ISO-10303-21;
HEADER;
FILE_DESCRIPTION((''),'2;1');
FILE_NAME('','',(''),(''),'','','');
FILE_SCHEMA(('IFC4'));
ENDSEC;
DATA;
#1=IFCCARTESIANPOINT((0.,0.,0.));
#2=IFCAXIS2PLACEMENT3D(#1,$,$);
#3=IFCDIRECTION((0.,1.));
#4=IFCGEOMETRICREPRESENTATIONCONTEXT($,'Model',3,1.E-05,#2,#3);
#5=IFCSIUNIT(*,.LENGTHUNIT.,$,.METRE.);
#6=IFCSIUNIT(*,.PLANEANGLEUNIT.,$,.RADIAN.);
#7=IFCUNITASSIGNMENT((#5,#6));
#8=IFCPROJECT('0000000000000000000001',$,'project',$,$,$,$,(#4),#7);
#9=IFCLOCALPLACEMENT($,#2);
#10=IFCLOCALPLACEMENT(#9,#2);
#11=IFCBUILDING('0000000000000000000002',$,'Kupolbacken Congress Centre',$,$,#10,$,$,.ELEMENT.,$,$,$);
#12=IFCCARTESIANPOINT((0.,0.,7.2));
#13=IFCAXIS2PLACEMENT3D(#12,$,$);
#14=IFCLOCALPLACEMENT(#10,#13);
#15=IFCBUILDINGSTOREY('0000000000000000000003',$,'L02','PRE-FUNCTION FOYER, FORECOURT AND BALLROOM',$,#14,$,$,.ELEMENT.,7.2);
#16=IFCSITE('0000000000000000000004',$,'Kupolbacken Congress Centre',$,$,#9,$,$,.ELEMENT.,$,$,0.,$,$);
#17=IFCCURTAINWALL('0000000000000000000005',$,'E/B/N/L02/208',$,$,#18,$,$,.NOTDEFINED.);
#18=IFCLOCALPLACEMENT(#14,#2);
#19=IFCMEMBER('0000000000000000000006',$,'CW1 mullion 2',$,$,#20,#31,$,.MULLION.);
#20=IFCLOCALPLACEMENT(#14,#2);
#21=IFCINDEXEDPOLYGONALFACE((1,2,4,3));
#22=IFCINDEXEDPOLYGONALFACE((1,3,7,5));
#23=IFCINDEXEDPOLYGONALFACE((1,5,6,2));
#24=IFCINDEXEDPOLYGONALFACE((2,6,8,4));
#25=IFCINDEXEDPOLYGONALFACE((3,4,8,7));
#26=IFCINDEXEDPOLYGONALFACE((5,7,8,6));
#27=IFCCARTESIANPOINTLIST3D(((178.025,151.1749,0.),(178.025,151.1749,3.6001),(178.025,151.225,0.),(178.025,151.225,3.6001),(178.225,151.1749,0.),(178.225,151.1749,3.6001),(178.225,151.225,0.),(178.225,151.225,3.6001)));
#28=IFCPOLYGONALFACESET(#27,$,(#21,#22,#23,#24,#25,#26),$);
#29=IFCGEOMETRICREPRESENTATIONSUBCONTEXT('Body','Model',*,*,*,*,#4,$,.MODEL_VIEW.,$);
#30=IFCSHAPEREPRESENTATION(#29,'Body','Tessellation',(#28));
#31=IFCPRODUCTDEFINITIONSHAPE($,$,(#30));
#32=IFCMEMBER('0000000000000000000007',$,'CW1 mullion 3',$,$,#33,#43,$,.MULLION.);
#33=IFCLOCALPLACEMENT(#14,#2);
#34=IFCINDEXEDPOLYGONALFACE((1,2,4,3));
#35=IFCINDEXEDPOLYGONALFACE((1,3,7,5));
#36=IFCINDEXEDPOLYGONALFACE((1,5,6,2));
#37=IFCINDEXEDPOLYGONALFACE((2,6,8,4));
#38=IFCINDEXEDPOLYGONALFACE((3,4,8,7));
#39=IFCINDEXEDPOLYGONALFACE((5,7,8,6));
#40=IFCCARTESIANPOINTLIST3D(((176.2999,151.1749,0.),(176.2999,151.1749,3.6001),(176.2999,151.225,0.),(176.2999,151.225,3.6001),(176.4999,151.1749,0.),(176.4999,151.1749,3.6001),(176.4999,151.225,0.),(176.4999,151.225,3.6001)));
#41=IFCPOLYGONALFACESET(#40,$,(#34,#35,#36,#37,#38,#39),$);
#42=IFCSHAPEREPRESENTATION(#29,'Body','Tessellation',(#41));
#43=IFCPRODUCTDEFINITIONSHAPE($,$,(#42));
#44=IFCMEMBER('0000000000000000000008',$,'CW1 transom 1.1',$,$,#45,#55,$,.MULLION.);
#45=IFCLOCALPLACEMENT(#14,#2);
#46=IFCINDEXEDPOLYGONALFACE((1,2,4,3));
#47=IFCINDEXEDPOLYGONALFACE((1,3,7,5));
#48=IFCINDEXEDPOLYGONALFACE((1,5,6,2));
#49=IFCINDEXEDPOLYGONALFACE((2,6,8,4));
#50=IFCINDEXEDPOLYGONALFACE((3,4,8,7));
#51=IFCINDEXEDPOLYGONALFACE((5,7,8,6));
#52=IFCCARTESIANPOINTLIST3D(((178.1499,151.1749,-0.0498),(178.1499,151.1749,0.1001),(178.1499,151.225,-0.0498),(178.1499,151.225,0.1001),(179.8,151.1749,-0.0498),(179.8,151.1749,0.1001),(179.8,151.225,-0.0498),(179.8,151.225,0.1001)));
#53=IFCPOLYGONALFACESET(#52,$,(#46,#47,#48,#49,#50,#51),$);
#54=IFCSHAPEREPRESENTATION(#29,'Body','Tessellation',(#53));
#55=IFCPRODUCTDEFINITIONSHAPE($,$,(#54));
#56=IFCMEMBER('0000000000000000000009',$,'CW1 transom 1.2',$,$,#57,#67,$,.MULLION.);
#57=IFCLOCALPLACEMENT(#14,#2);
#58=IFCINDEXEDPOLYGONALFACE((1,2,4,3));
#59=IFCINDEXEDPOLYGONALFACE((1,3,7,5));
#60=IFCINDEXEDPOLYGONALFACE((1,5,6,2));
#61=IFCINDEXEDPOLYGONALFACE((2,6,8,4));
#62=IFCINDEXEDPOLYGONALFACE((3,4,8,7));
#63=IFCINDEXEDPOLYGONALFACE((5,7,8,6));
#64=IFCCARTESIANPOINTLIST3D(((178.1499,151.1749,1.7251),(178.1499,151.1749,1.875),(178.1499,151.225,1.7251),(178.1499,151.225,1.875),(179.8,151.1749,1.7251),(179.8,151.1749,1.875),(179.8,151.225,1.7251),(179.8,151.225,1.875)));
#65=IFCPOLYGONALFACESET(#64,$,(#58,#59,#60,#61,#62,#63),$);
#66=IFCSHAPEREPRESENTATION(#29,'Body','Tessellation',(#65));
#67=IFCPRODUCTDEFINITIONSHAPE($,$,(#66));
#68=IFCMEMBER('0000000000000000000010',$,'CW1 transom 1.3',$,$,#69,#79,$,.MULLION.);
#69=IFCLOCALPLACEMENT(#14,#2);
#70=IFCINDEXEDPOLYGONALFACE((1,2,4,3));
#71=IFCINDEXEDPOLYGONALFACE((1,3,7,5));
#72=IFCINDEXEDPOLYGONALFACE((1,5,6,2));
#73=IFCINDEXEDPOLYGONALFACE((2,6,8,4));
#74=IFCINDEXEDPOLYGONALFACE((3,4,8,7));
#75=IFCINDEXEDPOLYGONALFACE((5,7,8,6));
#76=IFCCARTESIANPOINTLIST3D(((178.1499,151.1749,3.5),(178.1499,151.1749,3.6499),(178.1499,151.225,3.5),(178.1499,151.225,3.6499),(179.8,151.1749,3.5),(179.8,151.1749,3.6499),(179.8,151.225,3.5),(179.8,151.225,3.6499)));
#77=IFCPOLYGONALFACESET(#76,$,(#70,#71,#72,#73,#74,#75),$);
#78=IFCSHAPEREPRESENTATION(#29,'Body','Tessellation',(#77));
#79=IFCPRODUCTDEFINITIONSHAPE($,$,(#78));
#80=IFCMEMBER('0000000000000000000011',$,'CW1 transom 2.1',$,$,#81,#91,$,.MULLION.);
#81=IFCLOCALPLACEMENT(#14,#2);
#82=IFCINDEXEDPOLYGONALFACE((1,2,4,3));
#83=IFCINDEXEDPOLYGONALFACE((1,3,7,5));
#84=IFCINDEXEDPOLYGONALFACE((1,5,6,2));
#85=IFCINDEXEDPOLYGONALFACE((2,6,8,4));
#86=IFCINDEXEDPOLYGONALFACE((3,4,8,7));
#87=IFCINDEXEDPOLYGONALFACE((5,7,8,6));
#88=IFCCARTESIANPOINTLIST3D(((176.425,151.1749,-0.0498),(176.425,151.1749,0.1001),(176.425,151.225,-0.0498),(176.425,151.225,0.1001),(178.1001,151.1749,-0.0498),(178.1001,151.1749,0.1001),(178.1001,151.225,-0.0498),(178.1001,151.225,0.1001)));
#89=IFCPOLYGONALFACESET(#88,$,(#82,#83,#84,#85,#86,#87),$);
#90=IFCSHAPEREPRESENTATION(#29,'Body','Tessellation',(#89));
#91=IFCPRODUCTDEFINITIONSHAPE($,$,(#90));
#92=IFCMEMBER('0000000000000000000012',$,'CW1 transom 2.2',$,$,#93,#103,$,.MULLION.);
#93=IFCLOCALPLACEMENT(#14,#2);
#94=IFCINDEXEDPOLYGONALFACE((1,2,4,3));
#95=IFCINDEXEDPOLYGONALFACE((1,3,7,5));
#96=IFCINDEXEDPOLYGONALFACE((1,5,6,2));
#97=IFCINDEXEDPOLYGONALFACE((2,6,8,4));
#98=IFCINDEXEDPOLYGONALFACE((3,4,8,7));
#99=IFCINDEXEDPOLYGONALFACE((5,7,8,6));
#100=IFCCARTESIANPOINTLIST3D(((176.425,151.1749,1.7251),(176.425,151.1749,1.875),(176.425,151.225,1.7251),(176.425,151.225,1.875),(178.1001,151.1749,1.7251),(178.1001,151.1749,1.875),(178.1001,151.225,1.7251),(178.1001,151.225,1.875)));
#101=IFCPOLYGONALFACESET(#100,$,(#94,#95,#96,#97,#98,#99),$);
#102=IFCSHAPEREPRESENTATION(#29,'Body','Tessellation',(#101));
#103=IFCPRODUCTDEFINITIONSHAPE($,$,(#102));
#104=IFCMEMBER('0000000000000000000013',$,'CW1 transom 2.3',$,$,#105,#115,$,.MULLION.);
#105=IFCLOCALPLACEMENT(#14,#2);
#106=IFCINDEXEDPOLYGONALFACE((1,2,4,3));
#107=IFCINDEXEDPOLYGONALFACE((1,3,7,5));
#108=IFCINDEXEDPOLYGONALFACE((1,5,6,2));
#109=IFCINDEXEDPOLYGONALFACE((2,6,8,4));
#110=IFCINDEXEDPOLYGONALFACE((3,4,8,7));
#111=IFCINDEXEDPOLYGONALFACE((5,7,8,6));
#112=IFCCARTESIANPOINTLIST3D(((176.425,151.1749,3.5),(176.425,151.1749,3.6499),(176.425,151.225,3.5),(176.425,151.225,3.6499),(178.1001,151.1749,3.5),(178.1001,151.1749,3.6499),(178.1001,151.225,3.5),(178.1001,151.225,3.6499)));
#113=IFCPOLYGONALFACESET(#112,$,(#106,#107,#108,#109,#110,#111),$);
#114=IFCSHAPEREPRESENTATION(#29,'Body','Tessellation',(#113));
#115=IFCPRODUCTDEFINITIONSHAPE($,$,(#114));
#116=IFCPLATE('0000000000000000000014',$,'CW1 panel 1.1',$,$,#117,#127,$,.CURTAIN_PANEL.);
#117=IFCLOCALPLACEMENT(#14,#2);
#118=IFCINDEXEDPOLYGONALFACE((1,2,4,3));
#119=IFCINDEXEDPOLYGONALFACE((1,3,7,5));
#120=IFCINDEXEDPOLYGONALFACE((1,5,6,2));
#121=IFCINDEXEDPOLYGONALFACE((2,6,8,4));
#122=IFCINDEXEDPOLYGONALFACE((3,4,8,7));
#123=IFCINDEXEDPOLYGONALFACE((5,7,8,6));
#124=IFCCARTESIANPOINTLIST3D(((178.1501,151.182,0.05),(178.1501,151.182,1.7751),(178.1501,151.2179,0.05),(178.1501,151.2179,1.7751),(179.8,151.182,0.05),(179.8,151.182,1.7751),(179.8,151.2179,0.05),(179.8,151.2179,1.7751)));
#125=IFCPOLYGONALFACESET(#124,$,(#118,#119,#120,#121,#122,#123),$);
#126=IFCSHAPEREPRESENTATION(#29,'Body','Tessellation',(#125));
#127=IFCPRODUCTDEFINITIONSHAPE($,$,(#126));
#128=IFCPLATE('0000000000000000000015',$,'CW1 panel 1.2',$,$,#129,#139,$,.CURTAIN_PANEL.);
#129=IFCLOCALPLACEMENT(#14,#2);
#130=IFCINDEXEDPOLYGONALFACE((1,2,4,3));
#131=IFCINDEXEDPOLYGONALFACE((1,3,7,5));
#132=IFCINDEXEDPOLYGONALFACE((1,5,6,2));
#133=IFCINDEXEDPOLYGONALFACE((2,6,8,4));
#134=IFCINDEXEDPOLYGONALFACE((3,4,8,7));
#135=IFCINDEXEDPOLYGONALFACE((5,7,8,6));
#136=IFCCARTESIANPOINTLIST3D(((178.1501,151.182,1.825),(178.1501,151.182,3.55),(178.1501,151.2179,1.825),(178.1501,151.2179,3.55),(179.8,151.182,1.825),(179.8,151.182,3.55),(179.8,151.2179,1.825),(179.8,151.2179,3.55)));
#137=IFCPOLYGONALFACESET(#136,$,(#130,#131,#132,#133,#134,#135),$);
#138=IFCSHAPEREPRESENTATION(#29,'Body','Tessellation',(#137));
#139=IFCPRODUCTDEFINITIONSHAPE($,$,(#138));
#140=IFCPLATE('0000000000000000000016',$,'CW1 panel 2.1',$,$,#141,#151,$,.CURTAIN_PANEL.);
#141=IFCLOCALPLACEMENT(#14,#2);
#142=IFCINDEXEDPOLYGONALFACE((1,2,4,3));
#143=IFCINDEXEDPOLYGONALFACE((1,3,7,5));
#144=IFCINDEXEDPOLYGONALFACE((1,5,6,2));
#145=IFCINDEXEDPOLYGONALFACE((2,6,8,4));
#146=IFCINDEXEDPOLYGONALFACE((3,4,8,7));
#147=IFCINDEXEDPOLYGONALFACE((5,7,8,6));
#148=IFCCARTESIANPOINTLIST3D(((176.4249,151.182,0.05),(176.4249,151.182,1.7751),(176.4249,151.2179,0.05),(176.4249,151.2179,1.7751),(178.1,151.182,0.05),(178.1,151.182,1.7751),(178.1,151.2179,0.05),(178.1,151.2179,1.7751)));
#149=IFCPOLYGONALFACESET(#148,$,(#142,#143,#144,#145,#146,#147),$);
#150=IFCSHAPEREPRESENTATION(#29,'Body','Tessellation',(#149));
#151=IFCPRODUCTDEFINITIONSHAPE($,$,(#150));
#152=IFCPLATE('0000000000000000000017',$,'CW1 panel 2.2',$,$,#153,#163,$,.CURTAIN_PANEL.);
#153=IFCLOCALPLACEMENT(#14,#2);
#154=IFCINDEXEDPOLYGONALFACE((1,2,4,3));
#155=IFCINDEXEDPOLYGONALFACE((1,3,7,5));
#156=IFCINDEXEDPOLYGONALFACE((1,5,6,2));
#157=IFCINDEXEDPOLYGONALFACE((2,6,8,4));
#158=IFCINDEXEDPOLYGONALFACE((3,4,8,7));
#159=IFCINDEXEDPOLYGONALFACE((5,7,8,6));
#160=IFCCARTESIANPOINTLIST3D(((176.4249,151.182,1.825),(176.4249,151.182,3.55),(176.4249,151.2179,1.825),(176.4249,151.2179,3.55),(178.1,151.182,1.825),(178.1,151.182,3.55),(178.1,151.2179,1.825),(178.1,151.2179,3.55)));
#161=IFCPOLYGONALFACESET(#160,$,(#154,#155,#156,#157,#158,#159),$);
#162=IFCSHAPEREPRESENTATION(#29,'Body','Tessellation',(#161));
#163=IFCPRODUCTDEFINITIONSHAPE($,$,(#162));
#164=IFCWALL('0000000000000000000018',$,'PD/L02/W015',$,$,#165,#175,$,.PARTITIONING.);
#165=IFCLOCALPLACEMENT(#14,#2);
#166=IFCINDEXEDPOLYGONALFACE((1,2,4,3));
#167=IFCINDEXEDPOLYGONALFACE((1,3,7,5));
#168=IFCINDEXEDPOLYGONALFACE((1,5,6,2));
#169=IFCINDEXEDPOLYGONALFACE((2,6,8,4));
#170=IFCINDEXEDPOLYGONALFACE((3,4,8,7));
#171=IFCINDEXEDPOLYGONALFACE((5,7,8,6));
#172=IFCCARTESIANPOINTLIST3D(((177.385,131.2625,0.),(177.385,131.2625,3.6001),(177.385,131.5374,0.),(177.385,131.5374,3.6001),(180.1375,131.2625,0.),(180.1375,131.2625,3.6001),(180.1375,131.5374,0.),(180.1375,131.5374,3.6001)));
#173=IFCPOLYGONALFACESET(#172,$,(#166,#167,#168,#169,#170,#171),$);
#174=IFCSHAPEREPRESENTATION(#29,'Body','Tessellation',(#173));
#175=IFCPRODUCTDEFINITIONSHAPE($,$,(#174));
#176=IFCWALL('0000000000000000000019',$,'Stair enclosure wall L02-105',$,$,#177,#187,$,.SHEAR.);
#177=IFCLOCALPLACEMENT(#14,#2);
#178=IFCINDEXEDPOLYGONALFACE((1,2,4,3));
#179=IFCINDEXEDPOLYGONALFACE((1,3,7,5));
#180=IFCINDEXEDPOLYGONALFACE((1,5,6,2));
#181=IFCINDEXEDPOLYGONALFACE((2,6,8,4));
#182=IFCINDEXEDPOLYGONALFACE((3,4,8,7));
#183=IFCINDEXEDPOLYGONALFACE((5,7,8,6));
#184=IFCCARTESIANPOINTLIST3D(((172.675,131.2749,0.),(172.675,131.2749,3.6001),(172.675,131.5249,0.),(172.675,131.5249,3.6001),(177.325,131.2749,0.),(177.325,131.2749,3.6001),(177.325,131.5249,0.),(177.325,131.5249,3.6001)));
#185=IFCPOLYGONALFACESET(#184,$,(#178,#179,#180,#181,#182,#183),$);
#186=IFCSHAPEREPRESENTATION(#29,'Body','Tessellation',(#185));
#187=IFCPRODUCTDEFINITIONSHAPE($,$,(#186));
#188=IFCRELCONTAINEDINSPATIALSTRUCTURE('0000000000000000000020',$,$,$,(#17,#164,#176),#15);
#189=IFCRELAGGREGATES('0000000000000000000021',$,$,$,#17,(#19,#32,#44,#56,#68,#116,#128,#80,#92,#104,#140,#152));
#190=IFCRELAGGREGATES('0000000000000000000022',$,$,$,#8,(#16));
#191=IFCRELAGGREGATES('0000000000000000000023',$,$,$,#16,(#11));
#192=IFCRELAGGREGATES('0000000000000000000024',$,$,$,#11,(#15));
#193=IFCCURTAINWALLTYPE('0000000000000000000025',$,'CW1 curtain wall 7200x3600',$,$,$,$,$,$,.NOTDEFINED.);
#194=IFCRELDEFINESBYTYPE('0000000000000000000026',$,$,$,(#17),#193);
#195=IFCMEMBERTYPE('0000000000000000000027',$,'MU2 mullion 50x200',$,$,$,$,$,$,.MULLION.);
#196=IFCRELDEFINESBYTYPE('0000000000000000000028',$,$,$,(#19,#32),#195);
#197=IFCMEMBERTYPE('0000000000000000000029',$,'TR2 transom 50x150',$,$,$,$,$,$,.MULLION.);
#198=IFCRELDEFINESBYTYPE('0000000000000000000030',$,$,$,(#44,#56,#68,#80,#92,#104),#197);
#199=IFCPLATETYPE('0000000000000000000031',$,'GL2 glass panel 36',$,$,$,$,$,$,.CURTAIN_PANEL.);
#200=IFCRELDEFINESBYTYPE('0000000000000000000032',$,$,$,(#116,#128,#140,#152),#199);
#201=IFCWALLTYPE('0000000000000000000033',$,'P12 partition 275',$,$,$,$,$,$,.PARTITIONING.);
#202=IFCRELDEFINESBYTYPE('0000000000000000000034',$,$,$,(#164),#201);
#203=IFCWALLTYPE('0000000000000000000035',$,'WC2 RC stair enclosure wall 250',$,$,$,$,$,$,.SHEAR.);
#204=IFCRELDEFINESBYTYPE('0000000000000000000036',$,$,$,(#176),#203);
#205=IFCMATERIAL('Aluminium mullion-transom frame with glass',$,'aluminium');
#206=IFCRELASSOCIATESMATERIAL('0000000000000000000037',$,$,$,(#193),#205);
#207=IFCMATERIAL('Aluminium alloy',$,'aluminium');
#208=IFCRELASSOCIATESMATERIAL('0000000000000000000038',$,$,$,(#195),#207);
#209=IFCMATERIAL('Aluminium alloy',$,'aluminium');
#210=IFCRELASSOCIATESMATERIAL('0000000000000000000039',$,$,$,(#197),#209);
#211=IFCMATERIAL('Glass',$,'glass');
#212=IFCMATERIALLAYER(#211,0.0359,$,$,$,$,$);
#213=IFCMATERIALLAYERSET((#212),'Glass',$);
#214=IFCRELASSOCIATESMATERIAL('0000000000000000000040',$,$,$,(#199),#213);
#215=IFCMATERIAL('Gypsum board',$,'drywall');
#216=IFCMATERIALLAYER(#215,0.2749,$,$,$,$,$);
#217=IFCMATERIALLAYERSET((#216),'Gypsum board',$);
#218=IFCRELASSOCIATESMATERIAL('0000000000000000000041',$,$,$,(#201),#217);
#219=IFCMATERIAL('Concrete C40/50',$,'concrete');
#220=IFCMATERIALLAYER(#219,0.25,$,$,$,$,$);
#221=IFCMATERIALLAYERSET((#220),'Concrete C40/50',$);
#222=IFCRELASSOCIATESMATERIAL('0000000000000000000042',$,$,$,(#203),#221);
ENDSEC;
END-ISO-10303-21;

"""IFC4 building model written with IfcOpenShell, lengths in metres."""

from ifc_helpers import new_model, si_unit, direction, frame, frame_2d, origin, origin_2d, place, context, subcontext, project, spatial, rectangle, extrude, material, layer, layer_set, material_profile, profile_set, type_object, element, aggregate, save


model = new_model("IFC4")

# Units and contexts
model_context = context("Model", 3, precision=1e-05, world=origin(), true_north=direction((0.0, 1.0)))
body_context = subcontext(model_context, "Body", "Model", "MODEL_VIEW")
ifc_project = project(units=[si_unit("LENGTHUNIT", "METRE"), si_unit("PLANEANGLEUNIT", "RADIAN")], contexts=[model_context])

# Site, building, storey
site_placement = place(None, origin())
site = spatial("IfcSite", under=ifc_project, at=site_placement, Name="Kupolbacken Congress Centre", CompositionType="ELEMENT", RefElevation=0.0)
building_placement = place(site_placement, origin())
building = spatial("IfcBuilding", under=site, at=building_placement, Name="Kupolbacken Congress Centre", CompositionType="ELEMENT")
storey_placement = place(building_placement, frame((0.0, 0.0, 7.2)))
storey = spatial("IfcBuildingStorey", under=building, at=storey_placement, Name="L02", Description="PRE-FUNCTION FOYER, FORECOURT AND BALLROOM", CompositionType="ELEMENT", Elevation=7.2)

# Curtain wall, members, plates
ifc_material_1 = material(Name="Aluminium mullion-transom frame with glass", Category="aluminium")
curtain_wall_type = type_object("IfcCurtainWallType", Name="CW1 curtain wall 7200x3600", PredefinedType="NOTDEFINED", material=ifc_material_1)
curtain_wall_placement = place(storey_placement, origin())
curtain_wall = element("IfcCurtainWall", 1, at=curtain_wall_placement, inside=storey, type_object=curtain_wall_type, Name="E/B/N/L02/208", PredefinedType="NOTDEFINED")
ifc_material_2 = material(Name="Aluminium alloy", Category="aluminium")
ifc_material_profile_1 = material_profile(ifc_material_2, rectangle(XDim=0.05, YDim=0.2, at=origin_2d()), Name="50 x 200")
ifc_profile_set_1 = profile_set([ifc_material_profile_1], Name="Aluminium alloy")
member_type_1 = type_object("IfcMemberType", Name="MU2 mullion 50x200", PredefinedType="MULLION", material=ifc_profile_set_1)
member_1_placement = place(storey_placement, frame((178.125, 151.2, 0.0), z_axis=(0.0, 0.0, 1.0), x_axis=(0.0, -1.0, 0.0)))
member_1 = element("IfcMember", 2, at=member_1_placement, type_object=member_type_1, Name="CW1 mullion 2", PredefinedType="MULLION", context=body_context, shape_type="SweptSolid", body=[
    extrude(rectangle(XDim=0.05, YDim=0.2, at=origin_2d()), origin(), (0.0, 0.0, 1.0), 3.6001),
])
member_2_placement = place(storey_placement, frame((176.3999, 151.2, 0.0), z_axis=(0.0, 0.0, 1.0), x_axis=(0.0, -1.0, 0.0)))
member_2 = element("IfcMember", 3, at=member_2_placement, type_object=member_type_1, Name="CW1 mullion 3", PredefinedType="MULLION", context=body_context, shape_type="SweptSolid", body=[
    extrude(rectangle(XDim=0.05, YDim=0.2, at=origin_2d()), origin(), (0.0, 0.0, 1.0), 3.6001),
])
ifc_material_3 = material(Name="Aluminium alloy", Category="aluminium")
ifc_material_profile_2 = material_profile(ifc_material_3, rectangle(XDim=0.05, YDim=0.1499, at=origin_2d()), Name="50 x 150")
ifc_profile_set_2 = profile_set([ifc_material_profile_2], Name="Aluminium alloy")
member_type_2 = type_object("IfcMemberType", Name="TR2 transom 50x150", PredefinedType="MULLION", material=ifc_profile_set_2)
member_3_placement = place(storey_placement, frame((179.8, 151.2, 0.0251), z_axis=(-1.0, 0.0, 0.0), x_axis=(0.0, -1.0, 0.0)))
member_3 = element("IfcMember", 4, at=member_3_placement, type_object=member_type_2, Name="CW1 transom 1.1", PredefinedType="MULLION", context=body_context, shape_type="SweptSolid", body=[
    extrude(rectangle(XDim=0.05, YDim=0.1499, at=origin_2d()), origin(), (0.0, 0.0, 1.0), 1.6501),
])
member_4_placement = place(storey_placement, frame((179.8, 151.2, 1.8), z_axis=(-1.0, 0.0, 0.0), x_axis=(0.0, -1.0, 0.0)))
member_4 = element("IfcMember", 5, at=member_4_placement, type_object=member_type_2, Name="CW1 transom 1.2", PredefinedType="MULLION", context=body_context, shape_type="SweptSolid", body=[
    extrude(rectangle(XDim=0.05, YDim=0.1499, at=origin_2d()), origin(), (0.0, 0.0, 1.0), 1.6501),
])
member_5_placement = place(storey_placement, frame((179.8, 151.2, 3.575), z_axis=(-1.0, 0.0, 0.0), x_axis=(0.0, -1.0, 0.0)))
member_5 = element("IfcMember", 6, at=member_5_placement, type_object=member_type_2, Name="CW1 transom 1.3", PredefinedType="MULLION", context=body_context, shape_type="SweptSolid", body=[
    extrude(rectangle(XDim=0.05, YDim=0.1499, at=origin_2d()), origin(), (0.0, 0.0, 1.0), 1.6501),
])
member_6_placement = place(storey_placement, frame((178.1001, 151.2, 0.0251), z_axis=(-1.0, 0.0, 0.0), x_axis=(0.0, -1.0, 0.0)))
member_6 = element("IfcMember", 7, at=member_6_placement, type_object=member_type_2, Name="CW1 transom 2.1", PredefinedType="MULLION", context=body_context, shape_type="SweptSolid", body=[
    extrude(rectangle(XDim=0.05, YDim=0.1499, at=origin_2d()), origin(), (0.0, 0.0, 1.0), 1.675),
])
member_7_placement = place(storey_placement, frame((178.1001, 151.2, 1.8), z_axis=(-1.0, 0.0, 0.0), x_axis=(0.0, -1.0, 0.0)))
member_7 = element("IfcMember", 8, at=member_7_placement, type_object=member_type_2, Name="CW1 transom 2.2", PredefinedType="MULLION", context=body_context, shape_type="SweptSolid", body=[
    extrude(rectangle(XDim=0.05, YDim=0.1499, at=origin_2d()), origin(), (0.0, 0.0, 1.0), 1.675),
])
member_8_placement = place(storey_placement, frame((178.1001, 151.2, 3.575), z_axis=(-1.0, 0.0, 0.0), x_axis=(0.0, -1.0, 0.0)))
member_8 = element("IfcMember", 9, at=member_8_placement, type_object=member_type_2, Name="CW1 transom 2.3", PredefinedType="MULLION", context=body_context, shape_type="SweptSolid", body=[
    extrude(rectangle(XDim=0.05, YDim=0.1499, at=origin_2d()), origin(), (0.0, 0.0, 1.0), 1.675),
])
ifc_material_4 = material(Name="Glass", Category="glass")
ifc_layer_1 = layer(ifc_material_4, 0.0359)
ifc_layer_set_1 = layer_set([ifc_layer_1], Name="Glass")
plate_type = type_object("IfcPlateType", Name="GL2 glass panel 36", PredefinedType="CURTAIN_PANEL", material=ifc_layer_set_1)
plate_1_placement = place(storey_placement, frame((178.9751, 151.2, 0.05), z_axis=(0.0, 0.0, 1.0), x_axis=(-1.0, 0.0, 0.0)))
plate_1 = element("IfcPlate", 10, at=plate_1_placement, type_object=plate_type, Name="CW1 panel 1.1", PredefinedType="CURTAIN_PANEL", context=body_context, shape_type="SweptSolid", body=[
    extrude(rectangle(XDim=1.6499, YDim=0.0359, at=origin_2d()), origin(), (0.0, 0.0, 1.0), 1.7251),
])
plate_2_placement = place(storey_placement, frame((178.9751, 151.2, 1.825), z_axis=(0.0, 0.0, 1.0), x_axis=(-1.0, 0.0, 0.0)))
plate_2 = element("IfcPlate", 11, at=plate_2_placement, type_object=plate_type, Name="CW1 panel 1.2", PredefinedType="CURTAIN_PANEL", context=body_context, shape_type="SweptSolid", body=[
    extrude(rectangle(XDim=1.6499, YDim=0.0359, at=origin_2d()), origin(), (0.0, 0.0, 1.0), 1.7251),
])
plate_3_placement = place(storey_placement, frame((177.2625, 151.2, 0.05), z_axis=(0.0, 0.0, 1.0), x_axis=(-1.0, 0.0, 0.0)))
plate_3 = element("IfcPlate", 12, at=plate_3_placement, type_object=plate_type, Name="CW1 panel 2.1", PredefinedType="CURTAIN_PANEL", context=body_context, shape_type="SweptSolid", body=[
    extrude(rectangle(XDim=1.675, YDim=0.0359, at=origin_2d()), origin(), (0.0, 0.0, 1.0), 1.7251),
])
plate_4_placement = place(storey_placement, frame((177.2625, 151.2, 1.825), z_axis=(0.0, 0.0, 1.0), x_axis=(-1.0, 0.0, 0.0)))
plate_4 = element("IfcPlate", 13, at=plate_4_placement, type_object=plate_type, Name="CW1 panel 2.2", PredefinedType="CURTAIN_PANEL", context=body_context, shape_type="SweptSolid", body=[
    extrude(rectangle(XDim=1.675, YDim=0.0359, at=origin_2d()), origin(), (0.0, 0.0, 1.0), 1.7251),
])
aggregate(curtain_wall, [member_1, member_2, member_3, member_4, member_5, plate_1, plate_2, member_6, member_7, member_8, plate_3, plate_4])

# Walls
ifc_material_5 = material(Name="Gypsum board", Category="drywall")
ifc_layer_2 = layer(ifc_material_5, 0.2749)
ifc_layer_set_2 = layer_set([ifc_layer_2], Name="Gypsum board")
wall_type_1 = type_object("IfcWallType", Name="P12 partition 275", PredefinedType="PARTITIONING", material=ifc_layer_set_2)
wall_1_placement = place(storey_placement, frame((177.385, 131.3999, 0.0), z_axis=(0.0, 0.0, 1.0), x_axis=(1.0, 0.0, 0.0)))
element("IfcWall", 14, at=wall_1_placement, inside=storey, type_object=wall_type_1, Name="PD/L02/W015", PredefinedType="PARTITIONING", context=body_context, shape_type="SweptSolid", body=[
    extrude(rectangle(XDim=2.7524, YDim=0.2749, at=frame_2d((1.3762, 0.0))), origin(), (0.0, 0.0, 1.0), 3.6001),
])
ifc_material_6 = material(Name="Concrete C40/50", Category="concrete")
ifc_layer_3 = layer(ifc_material_6, 0.25)
ifc_layer_set_3 = layer_set([ifc_layer_3], Name="Concrete C40/50")
wall_type_2 = type_object("IfcWallType", Name="WC2 RC stair enclosure wall 250", PredefinedType="SHEAR", material=ifc_layer_set_3)
wall_2_placement = place(storey_placement, frame((177.325, 131.3999, 0.0), z_axis=(0.0, 0.0, 1.0), x_axis=(-1.0, 0.0, 0.0)))
element("IfcWall", 15, at=wall_2_placement, inside=storey, type_object=wall_type_2, Name="Stair enclosure wall L02-105", PredefinedType="SHEAR", context=body_context, shape_type="SweptSolid", body=[
    extrude(rectangle(XDim=4.6499, YDim=0.25, at=frame_2d((2.325, 0.0))), origin(), (0.0, 0.0, 1.0), 3.6001),
])

save(model, "model.ifc")
